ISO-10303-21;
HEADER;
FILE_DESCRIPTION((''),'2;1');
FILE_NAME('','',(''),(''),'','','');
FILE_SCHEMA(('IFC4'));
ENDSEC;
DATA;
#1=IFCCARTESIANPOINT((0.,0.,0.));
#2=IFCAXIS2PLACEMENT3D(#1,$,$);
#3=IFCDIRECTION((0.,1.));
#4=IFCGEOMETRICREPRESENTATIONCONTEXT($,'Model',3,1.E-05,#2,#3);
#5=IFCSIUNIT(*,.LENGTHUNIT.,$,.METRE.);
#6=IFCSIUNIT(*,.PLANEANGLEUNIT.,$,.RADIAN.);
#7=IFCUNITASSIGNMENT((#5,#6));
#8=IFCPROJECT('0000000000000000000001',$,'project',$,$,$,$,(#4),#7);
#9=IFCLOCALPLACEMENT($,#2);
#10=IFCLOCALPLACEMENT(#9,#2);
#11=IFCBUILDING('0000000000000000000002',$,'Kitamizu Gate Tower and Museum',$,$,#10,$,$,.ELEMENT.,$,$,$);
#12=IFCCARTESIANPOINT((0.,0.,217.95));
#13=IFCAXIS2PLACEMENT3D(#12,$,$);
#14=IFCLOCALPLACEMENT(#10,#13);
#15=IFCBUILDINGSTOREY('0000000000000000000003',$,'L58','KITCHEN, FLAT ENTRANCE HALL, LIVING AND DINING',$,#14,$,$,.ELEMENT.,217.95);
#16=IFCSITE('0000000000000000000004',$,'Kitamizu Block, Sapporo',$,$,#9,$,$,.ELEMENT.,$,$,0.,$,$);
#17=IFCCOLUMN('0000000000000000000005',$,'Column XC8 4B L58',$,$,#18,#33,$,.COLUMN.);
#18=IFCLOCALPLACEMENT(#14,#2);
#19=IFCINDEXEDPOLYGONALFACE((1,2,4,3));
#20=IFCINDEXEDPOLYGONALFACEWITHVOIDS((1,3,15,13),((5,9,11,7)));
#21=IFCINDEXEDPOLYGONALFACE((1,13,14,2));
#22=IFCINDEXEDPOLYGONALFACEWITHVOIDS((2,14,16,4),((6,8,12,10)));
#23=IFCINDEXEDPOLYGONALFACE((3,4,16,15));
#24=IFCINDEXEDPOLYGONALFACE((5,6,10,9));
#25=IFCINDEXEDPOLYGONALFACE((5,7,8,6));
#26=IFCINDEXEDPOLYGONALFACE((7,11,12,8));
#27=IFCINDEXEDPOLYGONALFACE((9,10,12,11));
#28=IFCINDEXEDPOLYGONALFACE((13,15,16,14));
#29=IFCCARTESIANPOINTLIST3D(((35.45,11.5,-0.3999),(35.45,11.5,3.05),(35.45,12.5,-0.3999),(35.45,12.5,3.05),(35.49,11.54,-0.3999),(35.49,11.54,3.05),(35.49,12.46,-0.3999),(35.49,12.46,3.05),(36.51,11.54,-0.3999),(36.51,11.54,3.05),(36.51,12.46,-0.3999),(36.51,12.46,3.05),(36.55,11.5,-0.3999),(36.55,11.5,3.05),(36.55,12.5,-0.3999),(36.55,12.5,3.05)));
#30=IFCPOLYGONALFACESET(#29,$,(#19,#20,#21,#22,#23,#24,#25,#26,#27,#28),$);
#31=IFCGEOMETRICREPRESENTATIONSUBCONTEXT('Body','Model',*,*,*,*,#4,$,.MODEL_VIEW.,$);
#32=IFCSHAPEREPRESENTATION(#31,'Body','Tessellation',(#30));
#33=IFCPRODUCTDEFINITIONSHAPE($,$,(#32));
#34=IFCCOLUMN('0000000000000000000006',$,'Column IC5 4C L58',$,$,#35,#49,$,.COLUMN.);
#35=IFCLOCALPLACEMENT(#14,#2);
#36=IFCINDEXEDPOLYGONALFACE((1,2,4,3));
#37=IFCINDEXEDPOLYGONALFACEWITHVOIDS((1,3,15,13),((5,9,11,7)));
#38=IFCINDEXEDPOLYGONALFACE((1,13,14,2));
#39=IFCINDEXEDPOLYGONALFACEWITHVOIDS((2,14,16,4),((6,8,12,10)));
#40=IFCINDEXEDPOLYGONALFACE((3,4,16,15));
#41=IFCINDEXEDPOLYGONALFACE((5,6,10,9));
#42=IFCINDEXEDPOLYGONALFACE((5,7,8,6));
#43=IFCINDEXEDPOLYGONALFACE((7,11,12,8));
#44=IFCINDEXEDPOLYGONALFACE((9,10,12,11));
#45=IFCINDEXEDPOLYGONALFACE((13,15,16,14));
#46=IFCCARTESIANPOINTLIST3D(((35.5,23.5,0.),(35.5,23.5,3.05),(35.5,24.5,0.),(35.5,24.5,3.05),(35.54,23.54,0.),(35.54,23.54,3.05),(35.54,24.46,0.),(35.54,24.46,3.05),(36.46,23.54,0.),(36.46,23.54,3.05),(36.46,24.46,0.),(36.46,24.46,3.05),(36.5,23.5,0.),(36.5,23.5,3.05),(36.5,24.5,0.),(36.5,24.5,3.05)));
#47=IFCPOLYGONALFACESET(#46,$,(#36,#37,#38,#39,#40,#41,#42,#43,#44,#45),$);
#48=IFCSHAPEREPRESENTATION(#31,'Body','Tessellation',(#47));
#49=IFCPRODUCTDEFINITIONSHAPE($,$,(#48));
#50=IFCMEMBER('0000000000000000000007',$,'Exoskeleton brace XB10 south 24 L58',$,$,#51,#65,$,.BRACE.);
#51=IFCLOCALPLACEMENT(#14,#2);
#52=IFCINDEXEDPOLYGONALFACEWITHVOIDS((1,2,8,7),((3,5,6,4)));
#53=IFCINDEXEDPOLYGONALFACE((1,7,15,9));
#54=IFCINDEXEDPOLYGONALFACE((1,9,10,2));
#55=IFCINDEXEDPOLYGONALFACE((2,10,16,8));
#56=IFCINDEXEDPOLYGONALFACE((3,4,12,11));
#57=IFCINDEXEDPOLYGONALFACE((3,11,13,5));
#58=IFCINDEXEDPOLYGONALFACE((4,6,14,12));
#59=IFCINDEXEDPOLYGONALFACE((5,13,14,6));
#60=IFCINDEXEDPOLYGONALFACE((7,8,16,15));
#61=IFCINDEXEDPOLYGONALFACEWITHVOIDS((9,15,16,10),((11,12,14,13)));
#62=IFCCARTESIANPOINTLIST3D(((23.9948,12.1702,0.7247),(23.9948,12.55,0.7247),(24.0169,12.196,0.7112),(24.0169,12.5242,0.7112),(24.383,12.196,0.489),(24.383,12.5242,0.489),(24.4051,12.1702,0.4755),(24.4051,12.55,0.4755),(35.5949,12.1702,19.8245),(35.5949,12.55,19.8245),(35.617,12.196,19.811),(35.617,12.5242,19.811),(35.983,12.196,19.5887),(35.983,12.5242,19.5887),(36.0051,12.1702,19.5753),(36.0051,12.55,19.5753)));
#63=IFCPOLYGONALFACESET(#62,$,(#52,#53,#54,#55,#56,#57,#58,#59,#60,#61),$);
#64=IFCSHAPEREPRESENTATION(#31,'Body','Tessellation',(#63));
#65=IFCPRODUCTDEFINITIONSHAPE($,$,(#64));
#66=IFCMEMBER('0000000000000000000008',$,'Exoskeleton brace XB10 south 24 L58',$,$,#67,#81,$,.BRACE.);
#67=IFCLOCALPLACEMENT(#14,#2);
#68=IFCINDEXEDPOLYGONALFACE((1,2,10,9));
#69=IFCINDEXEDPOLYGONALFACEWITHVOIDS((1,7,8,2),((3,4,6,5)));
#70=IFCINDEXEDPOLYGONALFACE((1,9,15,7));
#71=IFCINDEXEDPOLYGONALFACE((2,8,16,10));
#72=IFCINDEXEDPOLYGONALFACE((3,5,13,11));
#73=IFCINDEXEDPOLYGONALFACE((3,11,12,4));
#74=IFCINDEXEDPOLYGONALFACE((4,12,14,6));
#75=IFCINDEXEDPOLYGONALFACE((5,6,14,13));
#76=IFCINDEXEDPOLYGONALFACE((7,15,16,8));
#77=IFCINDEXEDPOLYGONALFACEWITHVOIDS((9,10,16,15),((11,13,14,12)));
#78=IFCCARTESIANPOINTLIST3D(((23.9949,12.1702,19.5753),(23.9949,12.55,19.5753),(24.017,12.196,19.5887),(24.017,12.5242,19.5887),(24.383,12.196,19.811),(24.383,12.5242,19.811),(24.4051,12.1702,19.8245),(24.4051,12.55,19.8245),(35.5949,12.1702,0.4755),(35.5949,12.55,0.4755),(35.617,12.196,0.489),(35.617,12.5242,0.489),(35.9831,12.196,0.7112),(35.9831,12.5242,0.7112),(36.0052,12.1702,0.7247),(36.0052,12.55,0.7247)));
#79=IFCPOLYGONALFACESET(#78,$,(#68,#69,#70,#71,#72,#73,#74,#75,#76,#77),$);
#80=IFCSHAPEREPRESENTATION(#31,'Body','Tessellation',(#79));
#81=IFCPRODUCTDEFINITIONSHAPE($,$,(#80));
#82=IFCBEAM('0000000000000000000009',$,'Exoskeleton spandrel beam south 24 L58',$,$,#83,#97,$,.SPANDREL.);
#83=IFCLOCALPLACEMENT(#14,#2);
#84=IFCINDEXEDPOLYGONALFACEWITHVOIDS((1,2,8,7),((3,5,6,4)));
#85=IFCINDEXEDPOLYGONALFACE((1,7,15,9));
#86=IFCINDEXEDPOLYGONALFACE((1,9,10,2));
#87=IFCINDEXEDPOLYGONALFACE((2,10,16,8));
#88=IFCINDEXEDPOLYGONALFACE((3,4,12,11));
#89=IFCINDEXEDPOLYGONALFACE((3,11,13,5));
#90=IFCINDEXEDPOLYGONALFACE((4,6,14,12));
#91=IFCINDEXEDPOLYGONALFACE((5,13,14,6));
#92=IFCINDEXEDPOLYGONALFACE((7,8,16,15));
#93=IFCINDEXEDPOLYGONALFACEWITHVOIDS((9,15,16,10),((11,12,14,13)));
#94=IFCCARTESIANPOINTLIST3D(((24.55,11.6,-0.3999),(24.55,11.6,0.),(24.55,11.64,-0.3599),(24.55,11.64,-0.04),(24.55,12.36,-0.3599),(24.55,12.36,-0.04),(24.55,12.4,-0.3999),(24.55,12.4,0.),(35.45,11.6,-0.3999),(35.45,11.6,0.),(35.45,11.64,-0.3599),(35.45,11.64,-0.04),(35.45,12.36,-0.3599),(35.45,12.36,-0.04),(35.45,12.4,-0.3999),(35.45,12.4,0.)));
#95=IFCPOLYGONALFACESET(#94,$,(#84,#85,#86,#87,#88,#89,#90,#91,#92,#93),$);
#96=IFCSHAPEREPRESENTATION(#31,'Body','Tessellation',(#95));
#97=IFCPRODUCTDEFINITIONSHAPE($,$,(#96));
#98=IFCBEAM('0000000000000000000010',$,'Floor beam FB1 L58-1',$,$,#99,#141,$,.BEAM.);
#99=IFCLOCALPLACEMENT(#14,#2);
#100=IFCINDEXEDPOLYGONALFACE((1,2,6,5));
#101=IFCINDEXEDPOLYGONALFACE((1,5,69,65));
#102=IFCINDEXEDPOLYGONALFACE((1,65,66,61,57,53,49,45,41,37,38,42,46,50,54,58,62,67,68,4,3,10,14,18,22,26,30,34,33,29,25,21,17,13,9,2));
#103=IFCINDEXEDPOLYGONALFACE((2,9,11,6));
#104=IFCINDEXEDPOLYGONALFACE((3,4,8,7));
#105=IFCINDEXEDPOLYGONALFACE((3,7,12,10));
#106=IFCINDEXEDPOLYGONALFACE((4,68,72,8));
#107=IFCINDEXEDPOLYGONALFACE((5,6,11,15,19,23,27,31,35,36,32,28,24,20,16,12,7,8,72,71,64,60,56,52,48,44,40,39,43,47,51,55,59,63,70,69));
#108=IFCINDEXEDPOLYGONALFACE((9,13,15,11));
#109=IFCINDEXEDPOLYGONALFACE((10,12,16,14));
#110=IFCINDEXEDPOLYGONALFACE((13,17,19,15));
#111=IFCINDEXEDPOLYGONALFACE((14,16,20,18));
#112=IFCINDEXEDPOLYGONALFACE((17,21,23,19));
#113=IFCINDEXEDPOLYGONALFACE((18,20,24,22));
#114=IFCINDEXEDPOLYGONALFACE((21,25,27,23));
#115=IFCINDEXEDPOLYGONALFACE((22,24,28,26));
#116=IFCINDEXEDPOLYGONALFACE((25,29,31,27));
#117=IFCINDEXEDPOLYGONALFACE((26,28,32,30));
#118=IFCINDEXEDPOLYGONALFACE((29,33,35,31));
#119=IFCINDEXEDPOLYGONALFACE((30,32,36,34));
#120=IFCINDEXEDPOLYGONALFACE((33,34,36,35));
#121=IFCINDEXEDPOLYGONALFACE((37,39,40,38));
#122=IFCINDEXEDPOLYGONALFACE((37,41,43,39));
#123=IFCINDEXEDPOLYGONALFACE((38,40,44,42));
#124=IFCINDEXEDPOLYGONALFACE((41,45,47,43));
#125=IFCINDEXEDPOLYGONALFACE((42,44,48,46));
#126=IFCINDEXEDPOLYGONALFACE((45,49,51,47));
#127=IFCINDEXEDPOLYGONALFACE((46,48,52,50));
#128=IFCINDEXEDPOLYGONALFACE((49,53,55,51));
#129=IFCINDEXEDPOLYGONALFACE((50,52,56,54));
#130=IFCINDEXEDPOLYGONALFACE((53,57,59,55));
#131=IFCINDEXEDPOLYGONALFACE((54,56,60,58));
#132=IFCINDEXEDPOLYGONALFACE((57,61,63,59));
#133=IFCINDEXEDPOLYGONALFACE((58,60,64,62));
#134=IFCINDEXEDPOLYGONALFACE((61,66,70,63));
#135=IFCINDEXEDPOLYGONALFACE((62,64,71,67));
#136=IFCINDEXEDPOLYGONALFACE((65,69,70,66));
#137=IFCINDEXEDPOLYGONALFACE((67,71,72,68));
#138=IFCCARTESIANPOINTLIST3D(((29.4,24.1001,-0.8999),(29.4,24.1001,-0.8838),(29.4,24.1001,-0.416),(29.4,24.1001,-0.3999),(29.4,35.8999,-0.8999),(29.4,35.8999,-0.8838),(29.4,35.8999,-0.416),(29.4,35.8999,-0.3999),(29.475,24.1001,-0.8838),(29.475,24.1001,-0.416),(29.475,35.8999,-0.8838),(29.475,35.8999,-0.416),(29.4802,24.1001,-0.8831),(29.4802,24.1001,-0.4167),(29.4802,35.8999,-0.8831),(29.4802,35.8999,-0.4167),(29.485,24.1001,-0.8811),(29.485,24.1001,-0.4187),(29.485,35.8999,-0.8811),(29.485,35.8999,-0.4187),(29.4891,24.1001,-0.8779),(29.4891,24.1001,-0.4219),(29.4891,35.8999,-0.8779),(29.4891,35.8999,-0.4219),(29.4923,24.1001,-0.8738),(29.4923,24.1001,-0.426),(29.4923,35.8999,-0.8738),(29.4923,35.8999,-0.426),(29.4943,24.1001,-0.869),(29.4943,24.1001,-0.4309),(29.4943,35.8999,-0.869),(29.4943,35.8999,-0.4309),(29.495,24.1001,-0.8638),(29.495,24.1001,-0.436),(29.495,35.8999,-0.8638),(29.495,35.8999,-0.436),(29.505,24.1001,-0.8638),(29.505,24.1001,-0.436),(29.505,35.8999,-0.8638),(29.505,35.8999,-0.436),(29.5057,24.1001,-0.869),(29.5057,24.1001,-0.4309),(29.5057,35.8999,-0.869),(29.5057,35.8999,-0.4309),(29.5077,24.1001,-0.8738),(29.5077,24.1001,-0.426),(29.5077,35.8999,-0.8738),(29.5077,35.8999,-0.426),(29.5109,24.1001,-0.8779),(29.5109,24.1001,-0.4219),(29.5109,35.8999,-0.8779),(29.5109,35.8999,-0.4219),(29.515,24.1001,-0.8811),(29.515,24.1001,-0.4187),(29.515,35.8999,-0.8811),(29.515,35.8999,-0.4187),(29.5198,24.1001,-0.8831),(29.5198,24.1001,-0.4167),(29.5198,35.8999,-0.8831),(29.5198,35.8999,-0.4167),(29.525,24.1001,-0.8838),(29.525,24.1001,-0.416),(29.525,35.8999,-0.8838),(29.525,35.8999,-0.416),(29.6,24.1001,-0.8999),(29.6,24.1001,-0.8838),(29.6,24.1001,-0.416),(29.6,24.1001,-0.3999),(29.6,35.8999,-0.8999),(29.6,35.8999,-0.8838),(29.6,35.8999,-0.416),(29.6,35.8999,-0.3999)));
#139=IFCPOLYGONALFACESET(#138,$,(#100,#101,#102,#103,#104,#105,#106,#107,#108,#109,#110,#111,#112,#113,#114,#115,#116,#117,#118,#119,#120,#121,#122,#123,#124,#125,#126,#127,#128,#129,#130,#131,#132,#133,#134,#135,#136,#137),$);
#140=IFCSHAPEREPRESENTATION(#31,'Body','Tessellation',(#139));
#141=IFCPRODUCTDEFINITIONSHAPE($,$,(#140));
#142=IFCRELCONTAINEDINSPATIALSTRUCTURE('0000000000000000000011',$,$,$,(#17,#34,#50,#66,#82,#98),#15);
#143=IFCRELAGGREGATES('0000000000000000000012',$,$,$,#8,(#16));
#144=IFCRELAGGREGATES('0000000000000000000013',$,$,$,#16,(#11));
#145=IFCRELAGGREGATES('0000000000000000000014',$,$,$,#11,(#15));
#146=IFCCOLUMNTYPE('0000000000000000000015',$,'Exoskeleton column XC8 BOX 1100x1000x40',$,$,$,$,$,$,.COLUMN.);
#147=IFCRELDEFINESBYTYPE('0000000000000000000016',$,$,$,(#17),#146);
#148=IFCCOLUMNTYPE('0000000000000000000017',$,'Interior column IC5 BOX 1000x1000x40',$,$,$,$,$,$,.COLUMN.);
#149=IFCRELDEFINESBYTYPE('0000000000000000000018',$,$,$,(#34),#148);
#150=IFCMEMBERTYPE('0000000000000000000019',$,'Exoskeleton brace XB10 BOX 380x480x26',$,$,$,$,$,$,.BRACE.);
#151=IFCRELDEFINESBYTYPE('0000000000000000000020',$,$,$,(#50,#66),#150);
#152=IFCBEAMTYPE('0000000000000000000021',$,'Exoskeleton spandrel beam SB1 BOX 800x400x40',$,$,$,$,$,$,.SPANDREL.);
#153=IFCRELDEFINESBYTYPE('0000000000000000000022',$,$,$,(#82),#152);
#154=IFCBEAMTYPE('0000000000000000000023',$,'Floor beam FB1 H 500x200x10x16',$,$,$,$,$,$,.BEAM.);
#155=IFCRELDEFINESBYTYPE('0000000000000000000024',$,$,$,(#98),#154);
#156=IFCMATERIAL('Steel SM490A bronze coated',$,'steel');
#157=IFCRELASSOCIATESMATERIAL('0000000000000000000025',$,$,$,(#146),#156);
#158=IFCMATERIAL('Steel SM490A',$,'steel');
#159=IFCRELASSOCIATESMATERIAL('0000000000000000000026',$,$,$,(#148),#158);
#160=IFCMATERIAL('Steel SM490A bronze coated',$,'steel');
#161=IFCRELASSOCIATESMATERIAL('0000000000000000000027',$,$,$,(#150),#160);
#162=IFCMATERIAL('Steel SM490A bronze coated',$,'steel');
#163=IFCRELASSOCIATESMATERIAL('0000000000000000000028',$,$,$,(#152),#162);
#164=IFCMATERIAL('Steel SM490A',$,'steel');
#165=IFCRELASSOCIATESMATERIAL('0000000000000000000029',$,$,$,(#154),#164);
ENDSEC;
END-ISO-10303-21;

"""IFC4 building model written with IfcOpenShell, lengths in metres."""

from ifc_helpers import new_model, si_unit, direction, frame, origin, origin_2d, place, context, subcontext, project, spatial, hollow_rectangle, i_section, extrude, material, material_profile, profile_set, type_object, element, save


model = new_model("IFC4")

# Units and contexts
model_context = context("Model", 3, precision=1e-05, world=origin(), true_north=direction((0.0, 1.0)))
body_context = subcontext(model_context, "Body", "Model", "MODEL_VIEW")
ifc_project = project(units=[si_unit("LENGTHUNIT", "METRE"), si_unit("PLANEANGLEUNIT", "RADIAN")], contexts=[model_context])

# Site, building, storey
site_placement = place(None, origin())
site = spatial("IfcSite", under=ifc_project, at=site_placement, Name="Kitamizu Block, Sapporo", CompositionType="ELEMENT", RefElevation=0.0)
building_placement = place(site_placement, origin())
building = spatial("IfcBuilding", under=site, at=building_placement, Name="Kitamizu Gate Tower and Museum", CompositionType="ELEMENT")
storey_placement = place(building_placement, frame((0.0, 0.0, 217.95)))
storey = spatial("IfcBuildingStorey", under=building, at=storey_placement, Name="L58", Description="KITCHEN, FLAT ENTRANCE HALL, LIVING AND DINING", CompositionType="ELEMENT", Elevation=217.95)

# Columns
ifc_material_1 = material(Name="Steel SM490A bronze coated", Category="steel")
ifc_material_profile_1 = material_profile(ifc_material_1, hollow_rectangle(XDim=1.1001, YDim=1.0, WallThickness=0.04, at=origin_2d()), Name="BOX 1100x1000x40")
ifc_profile_set_1 = profile_set([ifc_material_profile_1], Name="Steel SM490A bronze coated")
column_type_1 = type_object("IfcColumnType", Name="Exoskeleton column XC8 BOX 1100x1000x40", PredefinedType="COLUMN", material=ifc_profile_set_1)
column_1_placement = place(storey_placement, frame((36.0, 12.0, -0.3999), z_axis=(0.0, 0.0, 1.0), x_axis=(1.0, 0.0, 0.0)))
element("IfcColumn", 1, at=column_1_placement, inside=storey, type_object=column_type_1, Name="Column XC8 4B L58", PredefinedType="COLUMN", context=body_context, shape_type="SweptSolid", body=[
    extrude(hollow_rectangle(XDim=1.1001, YDim=1.0, WallThickness=0.04, at=origin_2d()), origin(), (0.0, 0.0, 1.0), 3.45),
])
ifc_material_2 = material(Name="Steel SM490A", Category="steel")
ifc_material_profile_2 = material_profile(ifc_material_2, hollow_rectangle(XDim=1.0, YDim=1.0, WallThickness=0.04, at=origin_2d()), Name="BOX 1000x1000x40")
ifc_profile_set_2 = profile_set([ifc_material_profile_2], Name="Steel SM490A")
column_type_2 = type_object("IfcColumnType", Name="Interior column IC5 BOX 1000x1000x40", PredefinedType="COLUMN", material=ifc_profile_set_2)
column_2_placement = place(storey_placement, frame((36.0, 24.0, 0.0), z_axis=(0.0, 0.0, 1.0), x_axis=(1.0, 0.0, 0.0)))
element("IfcColumn", 2, at=column_2_placement, inside=storey, type_object=column_type_2, Name="Column IC5 4C L58", PredefinedType="COLUMN", context=body_context, shape_type="SweptSolid", body=[
    extrude(hollow_rectangle(XDim=1.0, YDim=1.0, WallThickness=0.04, at=origin_2d()), origin(), (0.0, 0.0, 1.0), 3.05),
])

# Members
ifc_material_3 = material(Name="Steel SM490A bronze coated", Category="steel")
ifc_material_profile_3 = material_profile(ifc_material_3, hollow_rectangle(XDim=0.3799, YDim=0.48, WallThickness=0.0259, at=origin_2d()), Name="BOX 380x480x26")
ifc_profile_set_3 = profile_set([ifc_material_profile_3], Name="Steel SM490A bronze coated")
member_type = type_object("IfcMemberType", Name="Exoskeleton brace XB10 BOX 380x480x26", PredefinedType="BRACE", material=ifc_profile_set_3)
for number, where, z_axis, x_axis, name in (
    (3, (24.2, 12.3601, 0.6001), (0.519101, 0.0, 0.854713), (0.0, 1.0, 0.0), "Exoskeleton brace XB10 south 24 L58"),
    (4, (35.8, 12.3601, 0.6001), (-0.519101, 0.0, 0.854713), (0.0, -1.0, 0.0), "Exoskeleton brace XB10 south 24 L58"),
):
    element("IfcMember", number, at=place(storey_placement, frame(where, z_axis=z_axis, x_axis=x_axis)), inside=storey, type_object=member_type, Name=name, PredefinedType="BRACE", context=body_context, shape_type="SweptSolid", body=[
        extrude(hollow_rectangle(XDim=0.3799, YDim=0.48, WallThickness=0.0259, at=origin_2d()), origin(), (0.0, 0.0, 1.0), 22.3464),
    ])

# Beams
ifc_material_4 = material(Name="Steel SM490A bronze coated", Category="steel")
ifc_material_profile_4 = material_profile(ifc_material_4, hollow_rectangle(XDim=0.8, YDim=0.3999, WallThickness=0.04, at=origin_2d()), Name="BOX 800x400x40")
ifc_profile_set_4 = profile_set([ifc_material_profile_4], Name="Steel SM490A bronze coated")
beam_type_1 = type_object("IfcBeamType", Name="Exoskeleton spandrel beam SB1 BOX 800x400x40", PredefinedType="SPANDREL", material=ifc_profile_set_4)
beam_1_placement = place(storey_placement, frame((24.55, 12.0, -0.2), z_axis=(1.0, 0.0, 0.0), x_axis=(0.0, 1.0, 0.0)))
element("IfcBeam", 5, at=beam_1_placement, inside=storey, type_object=beam_type_1, Name="Exoskeleton spandrel beam south 24 L58", PredefinedType="SPANDREL", context=body_context, shape_type="SweptSolid", body=[
    extrude(hollow_rectangle(XDim=0.8, YDim=0.3999, WallThickness=0.04, at=origin_2d()), origin(), (0.0, 0.0, 1.0), 10.8999),
])
ifc_material_5 = material(Name="Steel SM490A", Category="steel")
ifc_material_profile_5 = material_profile(ifc_material_5, i_section(OverallWidth=0.2, OverallDepth=0.5, WebThickness=0.01, FlangeThickness=0.0161, FilletRadius=0.02, at=origin_2d()), Name="H-500x200x10x16")
ifc_profile_set_5 = profile_set([ifc_material_profile_5], Name="Steel SM490A")
beam_type_2 = type_object("IfcBeamType", Name="Floor beam FB1 H 500x200x10x16", PredefinedType="BEAM", material=ifc_profile_set_5)
beam_2_placement = place(storey_placement, frame((29.5, 24.1001, -0.6499), z_axis=(0.0, 1.0, 0.0), x_axis=(-1.0, 0.0, 0.0)))
element("IfcBeam", 6, at=beam_2_placement, inside=storey, type_object=beam_type_2, Name="Floor beam FB1 L58-1", PredefinedType="BEAM", context=body_context, shape_type="SweptSolid", body=[
    extrude(i_section(OverallWidth=0.2, OverallDepth=0.5, WebThickness=0.01, FlangeThickness=0.0161, FilletRadius=0.02, at=origin_2d()), origin(), (0.0, 0.0, 1.0), 11.7998),
])

save(model, "model.ifc")
